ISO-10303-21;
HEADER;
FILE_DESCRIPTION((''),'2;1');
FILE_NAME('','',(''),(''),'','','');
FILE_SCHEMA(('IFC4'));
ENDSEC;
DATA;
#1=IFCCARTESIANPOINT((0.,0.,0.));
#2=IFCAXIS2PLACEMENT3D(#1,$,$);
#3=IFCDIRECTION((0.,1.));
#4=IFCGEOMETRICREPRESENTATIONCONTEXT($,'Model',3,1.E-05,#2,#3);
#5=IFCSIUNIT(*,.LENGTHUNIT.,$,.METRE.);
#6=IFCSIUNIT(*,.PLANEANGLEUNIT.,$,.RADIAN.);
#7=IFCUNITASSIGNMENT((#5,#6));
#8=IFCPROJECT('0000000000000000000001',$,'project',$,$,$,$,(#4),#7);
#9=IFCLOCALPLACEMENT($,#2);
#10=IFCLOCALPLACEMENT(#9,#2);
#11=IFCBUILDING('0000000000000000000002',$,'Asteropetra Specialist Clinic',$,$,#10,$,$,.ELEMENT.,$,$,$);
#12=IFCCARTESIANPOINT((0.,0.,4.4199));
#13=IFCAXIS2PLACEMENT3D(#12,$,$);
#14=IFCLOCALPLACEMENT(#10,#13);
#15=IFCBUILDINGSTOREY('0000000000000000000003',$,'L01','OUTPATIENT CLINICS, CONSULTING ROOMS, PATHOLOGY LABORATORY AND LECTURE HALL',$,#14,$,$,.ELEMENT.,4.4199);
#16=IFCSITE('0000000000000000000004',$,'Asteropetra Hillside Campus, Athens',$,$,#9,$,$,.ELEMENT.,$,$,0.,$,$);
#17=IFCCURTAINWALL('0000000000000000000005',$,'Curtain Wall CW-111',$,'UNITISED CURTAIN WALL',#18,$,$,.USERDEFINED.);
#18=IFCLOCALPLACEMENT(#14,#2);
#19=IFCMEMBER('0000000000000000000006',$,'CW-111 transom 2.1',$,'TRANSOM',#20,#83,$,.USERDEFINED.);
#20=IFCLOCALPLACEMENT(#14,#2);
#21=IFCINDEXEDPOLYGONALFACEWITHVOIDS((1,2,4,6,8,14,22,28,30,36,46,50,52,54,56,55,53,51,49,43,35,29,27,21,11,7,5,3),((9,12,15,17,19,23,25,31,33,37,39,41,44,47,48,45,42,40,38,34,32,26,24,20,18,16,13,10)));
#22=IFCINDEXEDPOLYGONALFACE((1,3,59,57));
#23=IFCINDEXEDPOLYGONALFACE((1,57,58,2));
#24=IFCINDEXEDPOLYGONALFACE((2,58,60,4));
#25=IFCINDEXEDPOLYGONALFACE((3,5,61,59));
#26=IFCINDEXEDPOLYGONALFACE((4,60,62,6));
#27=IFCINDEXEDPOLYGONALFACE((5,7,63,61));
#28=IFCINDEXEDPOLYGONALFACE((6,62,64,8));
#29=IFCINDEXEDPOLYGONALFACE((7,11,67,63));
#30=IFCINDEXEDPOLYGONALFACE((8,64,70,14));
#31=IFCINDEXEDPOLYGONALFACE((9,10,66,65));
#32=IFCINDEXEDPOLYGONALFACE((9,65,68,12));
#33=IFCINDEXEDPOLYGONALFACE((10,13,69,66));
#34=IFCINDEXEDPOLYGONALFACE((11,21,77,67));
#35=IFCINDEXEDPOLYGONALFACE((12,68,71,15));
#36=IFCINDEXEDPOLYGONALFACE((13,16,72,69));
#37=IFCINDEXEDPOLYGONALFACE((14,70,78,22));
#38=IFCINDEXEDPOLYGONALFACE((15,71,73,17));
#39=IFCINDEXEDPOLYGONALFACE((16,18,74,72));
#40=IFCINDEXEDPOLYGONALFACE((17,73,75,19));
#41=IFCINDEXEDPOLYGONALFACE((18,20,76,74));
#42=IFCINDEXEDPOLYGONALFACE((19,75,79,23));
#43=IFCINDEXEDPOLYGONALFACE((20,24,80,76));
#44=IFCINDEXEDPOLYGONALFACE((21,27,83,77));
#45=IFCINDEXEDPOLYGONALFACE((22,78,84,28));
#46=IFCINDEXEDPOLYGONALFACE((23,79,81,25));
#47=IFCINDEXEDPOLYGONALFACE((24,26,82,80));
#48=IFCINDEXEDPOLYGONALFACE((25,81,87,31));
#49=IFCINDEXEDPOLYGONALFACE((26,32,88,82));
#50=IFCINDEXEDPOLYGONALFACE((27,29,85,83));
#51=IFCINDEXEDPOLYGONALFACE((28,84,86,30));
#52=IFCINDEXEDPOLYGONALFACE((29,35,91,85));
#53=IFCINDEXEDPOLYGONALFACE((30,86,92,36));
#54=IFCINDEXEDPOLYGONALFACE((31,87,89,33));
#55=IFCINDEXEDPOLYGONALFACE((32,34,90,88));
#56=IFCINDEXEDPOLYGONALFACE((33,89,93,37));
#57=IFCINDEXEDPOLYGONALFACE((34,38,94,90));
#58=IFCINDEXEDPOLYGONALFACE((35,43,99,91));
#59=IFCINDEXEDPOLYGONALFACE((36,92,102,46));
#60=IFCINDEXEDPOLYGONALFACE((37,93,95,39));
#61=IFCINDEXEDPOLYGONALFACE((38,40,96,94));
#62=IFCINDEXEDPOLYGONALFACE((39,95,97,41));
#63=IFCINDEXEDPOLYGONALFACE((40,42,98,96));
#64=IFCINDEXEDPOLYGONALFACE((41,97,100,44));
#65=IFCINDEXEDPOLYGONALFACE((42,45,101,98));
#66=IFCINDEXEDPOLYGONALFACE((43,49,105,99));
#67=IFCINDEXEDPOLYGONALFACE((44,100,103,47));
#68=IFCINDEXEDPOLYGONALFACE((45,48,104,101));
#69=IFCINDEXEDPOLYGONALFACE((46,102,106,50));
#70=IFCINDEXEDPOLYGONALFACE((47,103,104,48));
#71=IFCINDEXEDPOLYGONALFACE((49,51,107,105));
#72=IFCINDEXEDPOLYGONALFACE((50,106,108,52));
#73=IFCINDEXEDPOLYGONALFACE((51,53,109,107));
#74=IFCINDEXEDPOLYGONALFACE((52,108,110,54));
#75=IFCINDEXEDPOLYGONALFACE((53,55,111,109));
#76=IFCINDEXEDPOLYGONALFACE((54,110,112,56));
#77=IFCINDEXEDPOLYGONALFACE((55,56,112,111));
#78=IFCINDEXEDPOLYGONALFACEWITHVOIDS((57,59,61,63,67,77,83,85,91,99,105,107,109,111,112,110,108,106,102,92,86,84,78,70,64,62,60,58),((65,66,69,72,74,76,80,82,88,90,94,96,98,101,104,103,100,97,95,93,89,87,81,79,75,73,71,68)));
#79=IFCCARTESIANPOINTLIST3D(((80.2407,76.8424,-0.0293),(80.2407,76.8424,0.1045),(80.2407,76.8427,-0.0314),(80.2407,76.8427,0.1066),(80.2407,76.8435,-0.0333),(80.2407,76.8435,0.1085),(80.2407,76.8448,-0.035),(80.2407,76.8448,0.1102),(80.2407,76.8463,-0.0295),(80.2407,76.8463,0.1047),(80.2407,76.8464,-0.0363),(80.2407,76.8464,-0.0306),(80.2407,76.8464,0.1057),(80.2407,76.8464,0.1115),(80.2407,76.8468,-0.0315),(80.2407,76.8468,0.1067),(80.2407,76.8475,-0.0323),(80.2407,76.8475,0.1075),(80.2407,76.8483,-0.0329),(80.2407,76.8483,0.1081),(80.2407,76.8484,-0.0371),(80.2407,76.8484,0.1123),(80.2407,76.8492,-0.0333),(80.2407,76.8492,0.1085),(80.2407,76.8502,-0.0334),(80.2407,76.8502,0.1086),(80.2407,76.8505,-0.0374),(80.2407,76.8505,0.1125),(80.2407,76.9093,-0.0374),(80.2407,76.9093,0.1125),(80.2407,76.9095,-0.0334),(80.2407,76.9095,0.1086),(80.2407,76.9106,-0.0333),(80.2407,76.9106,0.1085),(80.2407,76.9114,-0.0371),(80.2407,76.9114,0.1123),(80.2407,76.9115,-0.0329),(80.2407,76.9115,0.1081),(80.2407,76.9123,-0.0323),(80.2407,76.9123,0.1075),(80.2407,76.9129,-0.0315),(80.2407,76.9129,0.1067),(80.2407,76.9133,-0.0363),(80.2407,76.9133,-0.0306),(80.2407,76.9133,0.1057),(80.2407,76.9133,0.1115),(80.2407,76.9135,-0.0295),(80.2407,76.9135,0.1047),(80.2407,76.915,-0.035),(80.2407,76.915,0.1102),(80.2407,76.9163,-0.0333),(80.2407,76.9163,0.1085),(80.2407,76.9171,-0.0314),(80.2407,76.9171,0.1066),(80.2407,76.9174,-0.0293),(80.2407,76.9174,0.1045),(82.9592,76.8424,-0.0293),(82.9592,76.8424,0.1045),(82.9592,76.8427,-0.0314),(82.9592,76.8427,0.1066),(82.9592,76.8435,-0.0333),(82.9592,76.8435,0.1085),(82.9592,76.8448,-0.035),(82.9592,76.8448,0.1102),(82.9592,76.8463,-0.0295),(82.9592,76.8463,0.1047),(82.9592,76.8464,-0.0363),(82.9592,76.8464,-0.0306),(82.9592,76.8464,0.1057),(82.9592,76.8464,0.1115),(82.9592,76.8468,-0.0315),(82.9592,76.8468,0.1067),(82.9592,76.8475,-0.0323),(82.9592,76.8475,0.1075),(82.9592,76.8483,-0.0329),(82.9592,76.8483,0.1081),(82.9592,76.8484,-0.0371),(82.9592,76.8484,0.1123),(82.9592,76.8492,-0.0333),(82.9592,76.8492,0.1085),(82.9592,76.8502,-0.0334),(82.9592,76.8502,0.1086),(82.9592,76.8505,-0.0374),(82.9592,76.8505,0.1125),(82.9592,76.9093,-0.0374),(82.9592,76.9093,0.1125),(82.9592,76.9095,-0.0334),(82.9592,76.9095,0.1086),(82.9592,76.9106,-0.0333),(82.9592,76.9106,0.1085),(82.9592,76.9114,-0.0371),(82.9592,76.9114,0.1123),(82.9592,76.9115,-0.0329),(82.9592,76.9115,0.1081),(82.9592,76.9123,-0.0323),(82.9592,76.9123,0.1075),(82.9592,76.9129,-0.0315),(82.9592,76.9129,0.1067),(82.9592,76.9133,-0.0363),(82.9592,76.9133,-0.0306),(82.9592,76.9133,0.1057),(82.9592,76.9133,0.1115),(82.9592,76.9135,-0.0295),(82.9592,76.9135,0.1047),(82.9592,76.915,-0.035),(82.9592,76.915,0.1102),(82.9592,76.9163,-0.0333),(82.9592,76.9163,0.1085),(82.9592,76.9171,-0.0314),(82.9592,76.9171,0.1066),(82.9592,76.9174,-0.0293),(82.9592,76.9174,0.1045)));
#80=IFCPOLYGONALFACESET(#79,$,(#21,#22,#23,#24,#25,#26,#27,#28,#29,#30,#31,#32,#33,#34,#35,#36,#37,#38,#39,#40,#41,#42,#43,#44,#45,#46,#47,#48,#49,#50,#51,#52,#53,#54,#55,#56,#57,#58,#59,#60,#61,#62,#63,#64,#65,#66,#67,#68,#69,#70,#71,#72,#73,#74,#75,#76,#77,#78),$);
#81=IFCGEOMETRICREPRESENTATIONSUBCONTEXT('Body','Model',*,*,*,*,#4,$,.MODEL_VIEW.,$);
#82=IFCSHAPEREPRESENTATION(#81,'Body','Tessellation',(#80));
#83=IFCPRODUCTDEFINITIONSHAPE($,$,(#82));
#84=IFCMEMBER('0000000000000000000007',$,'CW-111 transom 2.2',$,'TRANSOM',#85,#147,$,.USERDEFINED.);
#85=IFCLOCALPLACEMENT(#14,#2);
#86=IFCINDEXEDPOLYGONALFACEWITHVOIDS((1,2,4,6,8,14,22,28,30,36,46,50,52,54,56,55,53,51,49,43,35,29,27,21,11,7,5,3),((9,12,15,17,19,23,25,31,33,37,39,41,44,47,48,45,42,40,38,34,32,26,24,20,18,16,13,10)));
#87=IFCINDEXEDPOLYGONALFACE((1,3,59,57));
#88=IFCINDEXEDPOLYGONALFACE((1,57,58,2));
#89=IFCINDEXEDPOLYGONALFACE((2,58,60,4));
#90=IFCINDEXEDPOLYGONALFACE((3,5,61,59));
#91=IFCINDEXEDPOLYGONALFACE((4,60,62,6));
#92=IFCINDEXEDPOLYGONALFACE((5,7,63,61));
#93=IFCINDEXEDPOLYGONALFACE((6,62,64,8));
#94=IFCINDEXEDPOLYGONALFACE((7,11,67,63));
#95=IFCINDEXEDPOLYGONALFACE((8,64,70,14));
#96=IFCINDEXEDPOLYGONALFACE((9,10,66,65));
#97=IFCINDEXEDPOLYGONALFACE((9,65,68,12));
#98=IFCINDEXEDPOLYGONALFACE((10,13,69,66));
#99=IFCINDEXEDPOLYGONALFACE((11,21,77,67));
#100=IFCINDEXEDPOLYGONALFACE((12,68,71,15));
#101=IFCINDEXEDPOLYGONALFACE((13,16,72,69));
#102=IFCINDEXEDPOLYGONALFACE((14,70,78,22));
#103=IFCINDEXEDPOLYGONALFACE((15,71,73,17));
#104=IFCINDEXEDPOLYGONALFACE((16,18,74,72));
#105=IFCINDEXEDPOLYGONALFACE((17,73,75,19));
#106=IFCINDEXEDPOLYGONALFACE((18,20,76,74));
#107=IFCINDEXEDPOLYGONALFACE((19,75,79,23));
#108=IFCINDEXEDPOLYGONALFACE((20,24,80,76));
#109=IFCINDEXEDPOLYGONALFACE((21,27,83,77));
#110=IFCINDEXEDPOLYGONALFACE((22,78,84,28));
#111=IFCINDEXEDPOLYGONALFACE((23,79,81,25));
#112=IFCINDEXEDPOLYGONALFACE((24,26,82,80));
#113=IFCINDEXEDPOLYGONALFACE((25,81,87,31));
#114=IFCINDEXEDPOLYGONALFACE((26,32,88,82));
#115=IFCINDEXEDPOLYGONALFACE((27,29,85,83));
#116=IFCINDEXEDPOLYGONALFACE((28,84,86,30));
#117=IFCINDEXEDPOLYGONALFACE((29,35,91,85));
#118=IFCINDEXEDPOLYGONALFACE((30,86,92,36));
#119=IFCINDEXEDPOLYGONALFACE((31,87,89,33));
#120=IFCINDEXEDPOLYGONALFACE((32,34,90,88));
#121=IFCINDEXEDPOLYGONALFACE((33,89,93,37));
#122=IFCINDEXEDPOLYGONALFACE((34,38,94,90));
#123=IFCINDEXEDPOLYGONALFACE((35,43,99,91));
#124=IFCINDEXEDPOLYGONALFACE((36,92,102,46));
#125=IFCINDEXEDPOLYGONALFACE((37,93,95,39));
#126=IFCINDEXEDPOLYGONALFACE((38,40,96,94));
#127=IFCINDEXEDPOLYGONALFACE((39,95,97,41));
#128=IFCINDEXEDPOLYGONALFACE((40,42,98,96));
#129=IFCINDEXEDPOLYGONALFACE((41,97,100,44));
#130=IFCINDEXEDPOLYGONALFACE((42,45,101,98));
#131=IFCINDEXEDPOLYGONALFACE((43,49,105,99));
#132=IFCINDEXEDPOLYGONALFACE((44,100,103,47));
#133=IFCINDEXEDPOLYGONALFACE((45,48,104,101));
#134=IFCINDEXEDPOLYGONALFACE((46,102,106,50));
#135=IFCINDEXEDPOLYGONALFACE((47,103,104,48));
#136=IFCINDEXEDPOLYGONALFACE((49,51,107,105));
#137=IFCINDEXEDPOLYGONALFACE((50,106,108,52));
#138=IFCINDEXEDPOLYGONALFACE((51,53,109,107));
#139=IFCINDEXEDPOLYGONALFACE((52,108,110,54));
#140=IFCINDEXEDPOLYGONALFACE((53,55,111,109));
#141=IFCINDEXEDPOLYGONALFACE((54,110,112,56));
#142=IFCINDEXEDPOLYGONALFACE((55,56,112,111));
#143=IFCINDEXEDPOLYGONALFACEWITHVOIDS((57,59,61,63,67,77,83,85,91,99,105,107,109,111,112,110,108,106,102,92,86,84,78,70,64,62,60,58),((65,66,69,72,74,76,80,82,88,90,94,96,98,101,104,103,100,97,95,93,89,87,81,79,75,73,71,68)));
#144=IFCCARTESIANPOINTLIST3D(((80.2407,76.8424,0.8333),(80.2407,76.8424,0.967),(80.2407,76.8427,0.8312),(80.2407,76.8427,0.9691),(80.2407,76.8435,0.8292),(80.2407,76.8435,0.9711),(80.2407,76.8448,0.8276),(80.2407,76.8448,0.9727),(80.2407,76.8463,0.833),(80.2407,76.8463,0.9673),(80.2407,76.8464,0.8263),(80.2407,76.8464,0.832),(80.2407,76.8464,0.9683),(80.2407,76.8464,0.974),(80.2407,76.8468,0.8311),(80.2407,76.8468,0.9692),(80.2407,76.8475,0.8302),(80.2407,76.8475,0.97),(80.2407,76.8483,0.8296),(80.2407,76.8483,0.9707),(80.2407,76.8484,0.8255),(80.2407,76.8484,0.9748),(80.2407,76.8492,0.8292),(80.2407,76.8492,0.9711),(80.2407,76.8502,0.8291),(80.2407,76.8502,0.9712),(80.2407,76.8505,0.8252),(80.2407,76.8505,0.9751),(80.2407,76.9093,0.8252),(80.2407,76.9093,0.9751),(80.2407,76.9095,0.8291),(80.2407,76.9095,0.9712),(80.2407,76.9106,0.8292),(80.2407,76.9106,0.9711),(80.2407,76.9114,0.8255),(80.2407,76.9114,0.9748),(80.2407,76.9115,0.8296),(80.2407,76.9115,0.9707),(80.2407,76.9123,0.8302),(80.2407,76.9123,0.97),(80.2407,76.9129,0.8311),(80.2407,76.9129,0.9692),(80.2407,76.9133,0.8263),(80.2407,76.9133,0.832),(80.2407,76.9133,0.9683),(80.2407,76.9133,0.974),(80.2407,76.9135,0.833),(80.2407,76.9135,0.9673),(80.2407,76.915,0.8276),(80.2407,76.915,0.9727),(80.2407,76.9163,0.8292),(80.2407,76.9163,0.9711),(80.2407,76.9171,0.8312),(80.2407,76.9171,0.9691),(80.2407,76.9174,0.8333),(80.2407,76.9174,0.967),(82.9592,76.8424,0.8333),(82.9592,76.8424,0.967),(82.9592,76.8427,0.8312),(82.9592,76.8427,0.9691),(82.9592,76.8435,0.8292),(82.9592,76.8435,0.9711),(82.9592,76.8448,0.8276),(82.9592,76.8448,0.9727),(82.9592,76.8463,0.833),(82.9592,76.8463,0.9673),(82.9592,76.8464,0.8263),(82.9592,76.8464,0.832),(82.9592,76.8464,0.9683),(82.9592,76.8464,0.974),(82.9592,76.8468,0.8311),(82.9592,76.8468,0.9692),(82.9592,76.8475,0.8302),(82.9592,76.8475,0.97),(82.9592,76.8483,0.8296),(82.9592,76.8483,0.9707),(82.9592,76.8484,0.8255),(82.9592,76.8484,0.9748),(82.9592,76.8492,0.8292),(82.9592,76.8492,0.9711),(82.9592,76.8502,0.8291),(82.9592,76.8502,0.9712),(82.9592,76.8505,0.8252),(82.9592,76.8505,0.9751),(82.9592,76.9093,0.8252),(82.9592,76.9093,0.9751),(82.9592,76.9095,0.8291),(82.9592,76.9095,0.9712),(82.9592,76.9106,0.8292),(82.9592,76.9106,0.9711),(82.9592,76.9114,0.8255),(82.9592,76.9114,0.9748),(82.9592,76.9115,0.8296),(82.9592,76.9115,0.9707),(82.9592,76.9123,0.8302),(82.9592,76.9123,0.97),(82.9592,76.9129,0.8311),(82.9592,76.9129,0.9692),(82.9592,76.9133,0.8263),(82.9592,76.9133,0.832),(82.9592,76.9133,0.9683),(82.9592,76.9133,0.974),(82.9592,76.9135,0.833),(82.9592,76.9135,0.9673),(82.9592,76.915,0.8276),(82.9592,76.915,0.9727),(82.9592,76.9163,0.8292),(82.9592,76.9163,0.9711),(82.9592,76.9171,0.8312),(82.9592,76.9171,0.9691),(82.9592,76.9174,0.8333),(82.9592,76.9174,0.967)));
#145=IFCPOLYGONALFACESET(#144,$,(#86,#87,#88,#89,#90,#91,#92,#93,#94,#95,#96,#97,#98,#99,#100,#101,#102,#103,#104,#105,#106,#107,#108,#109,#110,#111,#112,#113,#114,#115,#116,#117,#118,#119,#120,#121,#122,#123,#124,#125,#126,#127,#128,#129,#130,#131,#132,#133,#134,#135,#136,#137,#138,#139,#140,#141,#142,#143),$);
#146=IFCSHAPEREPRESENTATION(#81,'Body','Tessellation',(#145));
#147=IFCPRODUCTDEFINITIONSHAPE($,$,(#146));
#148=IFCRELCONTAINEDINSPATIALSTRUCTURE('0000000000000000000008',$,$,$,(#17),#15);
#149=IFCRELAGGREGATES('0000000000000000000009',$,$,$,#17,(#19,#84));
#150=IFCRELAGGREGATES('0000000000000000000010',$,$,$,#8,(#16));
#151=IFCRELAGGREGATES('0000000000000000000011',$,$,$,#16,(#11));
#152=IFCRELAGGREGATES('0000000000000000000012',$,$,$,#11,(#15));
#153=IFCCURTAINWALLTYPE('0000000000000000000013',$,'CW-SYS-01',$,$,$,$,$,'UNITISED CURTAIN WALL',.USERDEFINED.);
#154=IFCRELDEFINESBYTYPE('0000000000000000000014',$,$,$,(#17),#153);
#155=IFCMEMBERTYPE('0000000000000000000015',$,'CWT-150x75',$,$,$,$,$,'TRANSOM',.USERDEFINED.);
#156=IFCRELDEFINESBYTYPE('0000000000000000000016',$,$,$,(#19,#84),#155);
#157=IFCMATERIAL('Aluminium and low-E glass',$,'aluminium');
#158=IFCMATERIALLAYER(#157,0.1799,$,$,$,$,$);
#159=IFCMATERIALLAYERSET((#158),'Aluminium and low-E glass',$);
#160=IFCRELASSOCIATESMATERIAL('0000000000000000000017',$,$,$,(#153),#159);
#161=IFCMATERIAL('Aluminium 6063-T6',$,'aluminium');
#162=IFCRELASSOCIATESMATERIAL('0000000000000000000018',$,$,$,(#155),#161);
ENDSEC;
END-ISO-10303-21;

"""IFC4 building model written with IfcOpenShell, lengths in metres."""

from ifc_helpers import new_model, si_unit, direction, frame, origin, origin_2d, place, context, subcontext, project, spatial, hollow_rectangle, extrude, material, layer, layer_set, material_profile, profile_set, type_object, element, aggregate, save


model = new_model("IFC4")

# Units and contexts
model_context = context("Model", 3, precision=1e-05, world=origin(), true_north=direction((0.0, 1.0)))
body_context = subcontext(model_context, "Body", "Model", "MODEL_VIEW")
ifc_project = project(units=[si_unit("LENGTHUNIT", "METRE"), si_unit("PLANEANGLEUNIT", "RADIAN")], contexts=[model_context])

# Site, building, storey
site_placement = place(None, origin())
site = spatial("IfcSite", under=ifc_project, at=site_placement, Name="Asteropetra Hillside Campus, Athens", CompositionType="ELEMENT", RefElevation=0.0)
building_placement = place(site_placement, origin())
building = spatial("IfcBuilding", under=site, at=building_placement, Name="Asteropetra Specialist Clinic", CompositionType="ELEMENT")
storey_placement = place(building_placement, frame((0.0, 0.0, 4.4199)))
storey = spatial("IfcBuildingStorey", under=building, at=storey_placement, Name="L01", Description="OUTPATIENT CLINICS, CONSULTING ROOMS, PATHOLOGY LABORATORY AND LECTURE HALL", CompositionType="ELEMENT", Elevation=4.4199)

# Curtain wall, members
ifc_material_1 = material(Name="Aluminium and low-E glass", Category="aluminium")
ifc_layer_1 = layer(ifc_material_1, 0.1799)
ifc_layer_set_1 = layer_set([ifc_layer_1], Name="Aluminium and low-E glass")
curtain_wall_type = type_object("IfcCurtainWallType", Name="CW-SYS-01", ElementType="UNITISED CURTAIN WALL", PredefinedType="USERDEFINED", material=ifc_layer_set_1)
curtain_wall_placement = place(storey_placement, origin())
curtain_wall = element("IfcCurtainWall", 1, at=curtain_wall_placement, inside=storey, type_object=curtain_wall_type, Name="Curtain Wall CW-111", ObjectType="UNITISED CURTAIN WALL", PredefinedType="USERDEFINED")
ifc_material_2 = material(Name="Aluminium 6063-T6", Category="aluminium")
ifc_material_profile_1 = material_profile(ifc_material_2, hollow_rectangle(XDim=0.075, YDim=0.1499, WallThickness=0.0039, InnerFilletRadius=0.0039, OuterFilletRadius=0.0081, at=origin_2d()), Name="TRN 150x75x4.0")
ifc_profile_set_1 = profile_set([ifc_material_profile_1], Name="Aluminium 6063-T6")
member_type_1 = type_object("IfcMemberType", Name="CWT-150x75", ElementType="TRANSOM", PredefinedType="USERDEFINED", material=ifc_profile_set_1)
member_1_placement = place(storey_placement, frame((80.2407, 76.8799, 0.0376), z_axis=(1.0, 0.0, 0.0), x_axis=(0.0, 1.0, 0.0)))
member_1 = element("IfcMember", 2, at=member_1_placement, type_object=member_type_1, Name="CW-111 transom 2.1", ObjectType="TRANSOM", PredefinedType="USERDEFINED", context=body_context, shape_type="SweptSolid", body=[
    extrude(hollow_rectangle(XDim=0.075, YDim=0.1499, WallThickness=0.0039, InnerFilletRadius=0.0039, OuterFilletRadius=0.0081, at=origin_2d()), origin(), (0.0, 0.0, 1.0), 2.7185),
])
member_2_placement = place(storey_placement, frame((80.2407, 76.8799, 0.9001), z_axis=(1.0, 0.0, 0.0), x_axis=(0.0, 1.0, 0.0)))
member_2 = element("IfcMember", 3, at=member_2_placement, type_object=member_type_1, Name="CW-111 transom 2.2", ObjectType="TRANSOM", PredefinedType="USERDEFINED", context=body_context, shape_type="SweptSolid", body=[
    extrude(hollow_rectangle(XDim=0.075, YDim=0.1499, WallThickness=0.0039, InnerFilletRadius=0.0039, OuterFilletRadius=0.0081, at=origin_2d()), origin(), (0.0, 0.0, 1.0), 2.7185),
])

aggregate(curtain_wall, [member_1, member_2])

save(model, "model.ifc")
